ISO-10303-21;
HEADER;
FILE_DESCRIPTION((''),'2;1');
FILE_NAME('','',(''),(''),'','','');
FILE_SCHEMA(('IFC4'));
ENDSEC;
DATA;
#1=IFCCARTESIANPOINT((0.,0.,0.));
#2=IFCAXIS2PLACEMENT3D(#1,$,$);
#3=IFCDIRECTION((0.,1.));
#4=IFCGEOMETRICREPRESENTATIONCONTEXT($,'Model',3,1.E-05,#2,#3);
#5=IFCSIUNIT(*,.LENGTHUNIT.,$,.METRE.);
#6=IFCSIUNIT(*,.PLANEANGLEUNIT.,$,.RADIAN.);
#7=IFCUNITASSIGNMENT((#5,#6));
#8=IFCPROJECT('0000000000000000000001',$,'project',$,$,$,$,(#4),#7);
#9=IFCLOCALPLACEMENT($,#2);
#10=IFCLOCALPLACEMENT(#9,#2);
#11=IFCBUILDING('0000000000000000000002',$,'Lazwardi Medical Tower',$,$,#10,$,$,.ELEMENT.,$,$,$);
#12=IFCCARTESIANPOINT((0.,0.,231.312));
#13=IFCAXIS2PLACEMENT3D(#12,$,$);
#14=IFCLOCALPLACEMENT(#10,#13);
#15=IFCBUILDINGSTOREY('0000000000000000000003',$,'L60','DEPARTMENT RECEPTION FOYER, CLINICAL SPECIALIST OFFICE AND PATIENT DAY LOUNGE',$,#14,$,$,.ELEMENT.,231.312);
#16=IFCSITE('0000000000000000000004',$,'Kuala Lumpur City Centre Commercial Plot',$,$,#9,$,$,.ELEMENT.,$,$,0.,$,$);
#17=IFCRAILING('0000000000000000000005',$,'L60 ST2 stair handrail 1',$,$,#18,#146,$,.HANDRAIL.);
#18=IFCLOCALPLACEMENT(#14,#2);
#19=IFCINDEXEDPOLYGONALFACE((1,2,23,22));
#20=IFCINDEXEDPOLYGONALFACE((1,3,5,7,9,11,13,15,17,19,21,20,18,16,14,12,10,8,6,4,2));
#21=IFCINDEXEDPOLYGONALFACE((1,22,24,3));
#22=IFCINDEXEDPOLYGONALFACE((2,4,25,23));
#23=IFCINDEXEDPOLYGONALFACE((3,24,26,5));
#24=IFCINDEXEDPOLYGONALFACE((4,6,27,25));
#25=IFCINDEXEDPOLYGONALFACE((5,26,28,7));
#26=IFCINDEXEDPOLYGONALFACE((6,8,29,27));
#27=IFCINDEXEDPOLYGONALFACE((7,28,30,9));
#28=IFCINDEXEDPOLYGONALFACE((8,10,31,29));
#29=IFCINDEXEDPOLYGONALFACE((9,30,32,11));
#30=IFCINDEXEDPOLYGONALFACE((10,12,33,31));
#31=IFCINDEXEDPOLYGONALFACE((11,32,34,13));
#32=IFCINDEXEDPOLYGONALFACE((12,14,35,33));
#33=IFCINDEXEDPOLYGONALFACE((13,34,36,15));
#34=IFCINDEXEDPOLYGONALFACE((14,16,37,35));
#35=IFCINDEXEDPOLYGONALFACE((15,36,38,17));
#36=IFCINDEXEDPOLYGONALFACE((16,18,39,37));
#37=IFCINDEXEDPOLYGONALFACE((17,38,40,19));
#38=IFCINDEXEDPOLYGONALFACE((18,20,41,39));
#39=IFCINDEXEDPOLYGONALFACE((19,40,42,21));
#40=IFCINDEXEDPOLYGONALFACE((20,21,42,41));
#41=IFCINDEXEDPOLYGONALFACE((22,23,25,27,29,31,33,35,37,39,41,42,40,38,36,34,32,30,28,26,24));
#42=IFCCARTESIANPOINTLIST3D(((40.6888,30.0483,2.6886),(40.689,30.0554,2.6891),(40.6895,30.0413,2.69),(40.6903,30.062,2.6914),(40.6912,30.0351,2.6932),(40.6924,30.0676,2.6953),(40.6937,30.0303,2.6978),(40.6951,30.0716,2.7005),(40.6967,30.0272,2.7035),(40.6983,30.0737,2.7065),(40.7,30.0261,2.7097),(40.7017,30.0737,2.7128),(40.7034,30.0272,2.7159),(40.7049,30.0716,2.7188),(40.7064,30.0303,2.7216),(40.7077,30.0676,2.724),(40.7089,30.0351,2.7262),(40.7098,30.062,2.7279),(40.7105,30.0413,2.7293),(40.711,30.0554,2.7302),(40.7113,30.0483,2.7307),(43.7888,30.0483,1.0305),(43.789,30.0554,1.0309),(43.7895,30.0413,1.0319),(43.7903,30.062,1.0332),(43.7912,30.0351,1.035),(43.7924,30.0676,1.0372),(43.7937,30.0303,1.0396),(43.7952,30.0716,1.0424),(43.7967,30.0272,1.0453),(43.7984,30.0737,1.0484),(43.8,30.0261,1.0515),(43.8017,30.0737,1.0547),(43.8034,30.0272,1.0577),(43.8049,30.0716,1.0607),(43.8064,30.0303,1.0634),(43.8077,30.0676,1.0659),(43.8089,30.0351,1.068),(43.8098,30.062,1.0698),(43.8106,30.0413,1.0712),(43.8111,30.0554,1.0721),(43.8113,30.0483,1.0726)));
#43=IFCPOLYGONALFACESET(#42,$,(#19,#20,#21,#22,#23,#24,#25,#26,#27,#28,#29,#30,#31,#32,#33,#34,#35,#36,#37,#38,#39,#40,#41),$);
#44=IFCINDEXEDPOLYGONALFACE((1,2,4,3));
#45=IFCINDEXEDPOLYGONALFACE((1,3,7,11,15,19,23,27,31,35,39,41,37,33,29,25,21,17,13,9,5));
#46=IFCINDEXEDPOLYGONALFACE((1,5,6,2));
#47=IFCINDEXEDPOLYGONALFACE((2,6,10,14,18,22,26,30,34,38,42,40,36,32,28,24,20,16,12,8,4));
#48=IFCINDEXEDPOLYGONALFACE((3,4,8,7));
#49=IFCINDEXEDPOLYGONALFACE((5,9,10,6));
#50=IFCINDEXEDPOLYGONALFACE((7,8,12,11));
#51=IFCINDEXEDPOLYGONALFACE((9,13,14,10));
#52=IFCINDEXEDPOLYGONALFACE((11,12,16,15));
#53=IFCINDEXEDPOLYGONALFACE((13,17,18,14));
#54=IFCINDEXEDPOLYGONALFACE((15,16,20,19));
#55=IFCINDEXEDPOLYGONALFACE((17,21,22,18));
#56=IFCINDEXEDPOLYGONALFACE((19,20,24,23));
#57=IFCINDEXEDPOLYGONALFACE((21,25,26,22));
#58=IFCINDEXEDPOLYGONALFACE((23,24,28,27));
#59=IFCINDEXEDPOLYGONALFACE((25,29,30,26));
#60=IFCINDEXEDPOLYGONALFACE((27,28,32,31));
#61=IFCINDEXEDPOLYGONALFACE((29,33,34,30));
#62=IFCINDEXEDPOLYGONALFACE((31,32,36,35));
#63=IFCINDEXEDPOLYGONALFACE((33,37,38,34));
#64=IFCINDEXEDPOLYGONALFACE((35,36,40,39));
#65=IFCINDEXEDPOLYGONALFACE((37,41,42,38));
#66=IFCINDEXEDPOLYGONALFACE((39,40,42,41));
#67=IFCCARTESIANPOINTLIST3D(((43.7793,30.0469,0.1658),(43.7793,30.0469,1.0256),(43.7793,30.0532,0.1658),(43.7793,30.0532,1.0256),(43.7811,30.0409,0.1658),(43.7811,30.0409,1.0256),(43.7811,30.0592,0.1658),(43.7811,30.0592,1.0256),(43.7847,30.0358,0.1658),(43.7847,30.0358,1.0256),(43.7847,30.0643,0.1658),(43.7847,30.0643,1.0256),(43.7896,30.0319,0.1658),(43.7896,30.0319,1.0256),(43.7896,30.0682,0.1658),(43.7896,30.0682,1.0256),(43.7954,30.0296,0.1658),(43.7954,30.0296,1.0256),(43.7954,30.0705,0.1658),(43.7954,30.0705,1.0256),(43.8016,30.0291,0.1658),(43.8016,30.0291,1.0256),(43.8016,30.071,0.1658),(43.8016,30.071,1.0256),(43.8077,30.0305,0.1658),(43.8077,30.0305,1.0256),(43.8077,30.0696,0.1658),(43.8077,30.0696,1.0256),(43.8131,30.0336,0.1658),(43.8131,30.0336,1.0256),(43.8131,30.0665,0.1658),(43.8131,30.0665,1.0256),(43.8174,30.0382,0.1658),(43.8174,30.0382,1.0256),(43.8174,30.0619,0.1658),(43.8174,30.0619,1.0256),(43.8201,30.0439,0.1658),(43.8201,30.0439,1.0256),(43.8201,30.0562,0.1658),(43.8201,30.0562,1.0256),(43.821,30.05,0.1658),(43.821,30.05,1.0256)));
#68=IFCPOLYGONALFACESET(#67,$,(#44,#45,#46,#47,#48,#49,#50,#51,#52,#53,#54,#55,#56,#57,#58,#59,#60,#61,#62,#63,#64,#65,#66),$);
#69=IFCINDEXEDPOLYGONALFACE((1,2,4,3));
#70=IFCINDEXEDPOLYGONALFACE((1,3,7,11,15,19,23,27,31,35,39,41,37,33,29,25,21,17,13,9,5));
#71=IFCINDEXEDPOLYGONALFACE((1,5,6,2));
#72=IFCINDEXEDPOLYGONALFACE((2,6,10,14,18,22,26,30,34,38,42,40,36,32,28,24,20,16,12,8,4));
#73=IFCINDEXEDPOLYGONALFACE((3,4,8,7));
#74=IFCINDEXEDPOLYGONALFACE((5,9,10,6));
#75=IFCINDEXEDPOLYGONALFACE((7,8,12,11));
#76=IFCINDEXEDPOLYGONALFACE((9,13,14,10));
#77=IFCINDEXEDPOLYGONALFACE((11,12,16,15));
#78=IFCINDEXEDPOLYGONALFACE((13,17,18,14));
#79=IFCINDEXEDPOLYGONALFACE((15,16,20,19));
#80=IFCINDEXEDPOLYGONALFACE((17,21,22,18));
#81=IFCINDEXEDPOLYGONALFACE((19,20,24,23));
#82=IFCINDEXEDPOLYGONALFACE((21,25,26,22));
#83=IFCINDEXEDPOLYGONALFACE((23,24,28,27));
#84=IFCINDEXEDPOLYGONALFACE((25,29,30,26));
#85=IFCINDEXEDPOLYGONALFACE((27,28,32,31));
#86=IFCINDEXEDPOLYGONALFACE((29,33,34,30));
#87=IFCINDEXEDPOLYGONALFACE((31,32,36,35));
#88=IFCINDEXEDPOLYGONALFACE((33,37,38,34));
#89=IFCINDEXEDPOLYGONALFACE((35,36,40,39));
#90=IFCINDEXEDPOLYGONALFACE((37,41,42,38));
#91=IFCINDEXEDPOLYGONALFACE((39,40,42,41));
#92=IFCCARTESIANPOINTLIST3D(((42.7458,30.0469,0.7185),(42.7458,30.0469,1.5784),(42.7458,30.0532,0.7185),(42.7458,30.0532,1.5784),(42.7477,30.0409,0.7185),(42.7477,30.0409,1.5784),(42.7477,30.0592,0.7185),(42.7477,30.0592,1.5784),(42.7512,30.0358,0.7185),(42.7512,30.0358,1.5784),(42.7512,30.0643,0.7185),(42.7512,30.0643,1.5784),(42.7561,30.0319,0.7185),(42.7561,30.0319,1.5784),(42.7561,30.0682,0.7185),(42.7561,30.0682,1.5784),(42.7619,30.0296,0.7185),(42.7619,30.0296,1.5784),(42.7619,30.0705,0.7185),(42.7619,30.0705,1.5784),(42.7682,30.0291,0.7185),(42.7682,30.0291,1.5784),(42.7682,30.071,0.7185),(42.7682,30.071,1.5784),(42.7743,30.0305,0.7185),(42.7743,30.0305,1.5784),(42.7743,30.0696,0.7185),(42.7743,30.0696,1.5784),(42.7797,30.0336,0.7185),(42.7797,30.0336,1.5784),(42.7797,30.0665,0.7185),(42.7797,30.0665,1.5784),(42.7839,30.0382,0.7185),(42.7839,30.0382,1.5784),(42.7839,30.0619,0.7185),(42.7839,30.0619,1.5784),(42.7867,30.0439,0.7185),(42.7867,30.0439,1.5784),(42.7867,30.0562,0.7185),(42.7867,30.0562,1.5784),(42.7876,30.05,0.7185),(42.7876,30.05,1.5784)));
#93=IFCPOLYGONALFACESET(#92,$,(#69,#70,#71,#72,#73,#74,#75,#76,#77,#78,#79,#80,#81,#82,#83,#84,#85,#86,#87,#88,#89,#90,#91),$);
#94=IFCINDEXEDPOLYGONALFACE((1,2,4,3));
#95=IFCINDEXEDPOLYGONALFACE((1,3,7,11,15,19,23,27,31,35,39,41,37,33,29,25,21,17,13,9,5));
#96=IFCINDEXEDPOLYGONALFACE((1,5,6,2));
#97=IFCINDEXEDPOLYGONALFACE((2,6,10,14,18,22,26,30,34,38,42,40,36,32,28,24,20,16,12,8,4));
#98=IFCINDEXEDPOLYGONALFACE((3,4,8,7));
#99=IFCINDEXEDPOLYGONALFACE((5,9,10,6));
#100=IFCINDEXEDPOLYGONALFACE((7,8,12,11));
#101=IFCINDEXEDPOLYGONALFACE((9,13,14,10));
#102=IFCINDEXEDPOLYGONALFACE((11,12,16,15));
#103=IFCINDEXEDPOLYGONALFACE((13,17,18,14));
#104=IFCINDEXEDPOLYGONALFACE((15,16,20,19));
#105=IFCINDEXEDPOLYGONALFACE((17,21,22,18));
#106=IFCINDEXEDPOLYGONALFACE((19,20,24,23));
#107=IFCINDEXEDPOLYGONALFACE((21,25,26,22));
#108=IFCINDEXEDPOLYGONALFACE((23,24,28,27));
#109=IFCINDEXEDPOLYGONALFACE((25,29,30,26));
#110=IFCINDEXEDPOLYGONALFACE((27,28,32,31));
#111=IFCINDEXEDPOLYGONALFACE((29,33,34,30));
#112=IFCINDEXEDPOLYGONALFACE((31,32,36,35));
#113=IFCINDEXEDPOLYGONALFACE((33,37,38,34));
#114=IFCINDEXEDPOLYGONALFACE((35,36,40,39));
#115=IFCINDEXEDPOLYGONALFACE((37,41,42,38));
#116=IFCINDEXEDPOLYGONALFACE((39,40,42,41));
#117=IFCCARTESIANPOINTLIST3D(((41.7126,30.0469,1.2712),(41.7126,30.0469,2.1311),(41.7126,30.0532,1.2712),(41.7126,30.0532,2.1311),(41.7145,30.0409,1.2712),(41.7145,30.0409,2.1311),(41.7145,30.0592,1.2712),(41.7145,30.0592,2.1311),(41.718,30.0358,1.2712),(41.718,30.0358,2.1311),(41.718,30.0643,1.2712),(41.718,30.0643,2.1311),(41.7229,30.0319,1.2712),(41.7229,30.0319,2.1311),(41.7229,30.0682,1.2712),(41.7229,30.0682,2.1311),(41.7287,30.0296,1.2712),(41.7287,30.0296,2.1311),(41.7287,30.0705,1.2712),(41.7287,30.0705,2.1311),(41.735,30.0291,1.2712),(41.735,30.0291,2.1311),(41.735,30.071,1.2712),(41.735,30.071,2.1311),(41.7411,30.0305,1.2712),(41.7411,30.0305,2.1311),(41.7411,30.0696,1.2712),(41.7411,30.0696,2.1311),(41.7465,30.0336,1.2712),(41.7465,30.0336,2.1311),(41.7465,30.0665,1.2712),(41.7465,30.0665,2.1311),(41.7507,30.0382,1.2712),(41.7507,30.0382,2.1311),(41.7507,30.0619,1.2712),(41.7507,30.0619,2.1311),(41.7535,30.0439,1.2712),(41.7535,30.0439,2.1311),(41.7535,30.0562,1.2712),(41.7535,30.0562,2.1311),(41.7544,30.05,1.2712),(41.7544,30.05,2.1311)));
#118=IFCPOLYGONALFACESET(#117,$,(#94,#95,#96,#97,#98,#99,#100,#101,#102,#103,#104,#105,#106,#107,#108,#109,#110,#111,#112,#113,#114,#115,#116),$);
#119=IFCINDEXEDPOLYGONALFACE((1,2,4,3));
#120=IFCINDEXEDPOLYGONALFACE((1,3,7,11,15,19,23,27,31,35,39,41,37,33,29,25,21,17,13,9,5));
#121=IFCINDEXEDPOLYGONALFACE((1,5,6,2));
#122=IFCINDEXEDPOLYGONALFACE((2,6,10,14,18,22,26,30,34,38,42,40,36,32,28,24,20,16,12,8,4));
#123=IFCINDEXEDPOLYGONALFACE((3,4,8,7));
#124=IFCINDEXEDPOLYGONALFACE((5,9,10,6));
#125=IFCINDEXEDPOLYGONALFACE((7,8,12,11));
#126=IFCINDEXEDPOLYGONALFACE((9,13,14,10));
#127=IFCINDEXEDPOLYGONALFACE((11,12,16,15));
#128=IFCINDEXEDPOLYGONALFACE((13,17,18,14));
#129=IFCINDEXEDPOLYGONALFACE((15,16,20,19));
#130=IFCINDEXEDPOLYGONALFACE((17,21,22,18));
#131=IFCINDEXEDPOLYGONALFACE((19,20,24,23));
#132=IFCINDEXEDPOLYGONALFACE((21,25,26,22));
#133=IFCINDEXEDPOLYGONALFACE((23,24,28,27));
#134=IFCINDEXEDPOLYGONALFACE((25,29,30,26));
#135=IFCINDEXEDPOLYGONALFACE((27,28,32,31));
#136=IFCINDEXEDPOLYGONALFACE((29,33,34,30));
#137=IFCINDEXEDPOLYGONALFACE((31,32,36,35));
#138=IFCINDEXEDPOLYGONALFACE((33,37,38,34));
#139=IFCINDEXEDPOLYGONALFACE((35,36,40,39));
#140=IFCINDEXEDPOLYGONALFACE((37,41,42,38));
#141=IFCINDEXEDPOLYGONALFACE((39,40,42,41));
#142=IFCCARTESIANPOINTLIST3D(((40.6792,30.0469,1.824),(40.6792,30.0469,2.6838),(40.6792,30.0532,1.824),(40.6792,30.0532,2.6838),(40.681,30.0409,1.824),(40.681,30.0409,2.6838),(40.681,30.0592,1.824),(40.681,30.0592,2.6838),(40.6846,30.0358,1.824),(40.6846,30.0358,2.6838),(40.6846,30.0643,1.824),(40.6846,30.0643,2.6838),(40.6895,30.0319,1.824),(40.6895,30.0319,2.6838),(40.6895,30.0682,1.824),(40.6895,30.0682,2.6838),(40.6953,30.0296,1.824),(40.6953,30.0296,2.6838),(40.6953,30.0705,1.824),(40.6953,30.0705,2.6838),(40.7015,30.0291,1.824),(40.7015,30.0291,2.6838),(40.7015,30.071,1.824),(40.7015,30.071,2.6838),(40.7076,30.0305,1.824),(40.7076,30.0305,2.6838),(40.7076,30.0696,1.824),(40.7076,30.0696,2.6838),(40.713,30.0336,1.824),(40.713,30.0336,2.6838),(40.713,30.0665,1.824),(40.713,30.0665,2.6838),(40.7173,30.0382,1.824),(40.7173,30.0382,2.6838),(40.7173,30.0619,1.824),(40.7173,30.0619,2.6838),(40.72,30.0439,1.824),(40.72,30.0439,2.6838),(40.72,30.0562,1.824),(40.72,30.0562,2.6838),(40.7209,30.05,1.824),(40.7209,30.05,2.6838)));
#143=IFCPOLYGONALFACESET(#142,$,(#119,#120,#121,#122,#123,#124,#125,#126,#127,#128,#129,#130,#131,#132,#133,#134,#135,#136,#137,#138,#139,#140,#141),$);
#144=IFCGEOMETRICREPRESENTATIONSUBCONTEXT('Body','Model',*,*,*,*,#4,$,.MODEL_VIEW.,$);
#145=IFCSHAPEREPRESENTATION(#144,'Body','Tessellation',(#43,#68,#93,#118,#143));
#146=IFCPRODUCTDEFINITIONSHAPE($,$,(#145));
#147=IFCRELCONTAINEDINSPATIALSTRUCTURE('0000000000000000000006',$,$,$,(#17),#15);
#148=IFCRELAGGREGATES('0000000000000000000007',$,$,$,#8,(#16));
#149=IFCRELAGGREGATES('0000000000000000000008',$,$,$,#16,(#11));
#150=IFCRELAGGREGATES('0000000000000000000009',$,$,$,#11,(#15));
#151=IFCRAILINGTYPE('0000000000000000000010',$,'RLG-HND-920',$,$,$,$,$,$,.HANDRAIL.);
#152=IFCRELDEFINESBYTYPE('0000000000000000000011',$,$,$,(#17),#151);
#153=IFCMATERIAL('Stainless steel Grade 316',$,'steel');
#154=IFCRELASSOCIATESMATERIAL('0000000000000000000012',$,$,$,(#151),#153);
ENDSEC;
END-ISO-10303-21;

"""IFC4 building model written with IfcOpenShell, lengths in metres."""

from ifc_helpers import new_model, si_unit, direction, frame, origin, origin_2d, place, context, subcontext, project, spatial, circle, extrude, material, type_object, element, save


model = new_model("IFC4")

# Units and contexts
model_context = context("Model", 3, precision=1e-05, world=origin(), true_north=direction((0.0, 1.0)))
body_context = subcontext(model_context, "Body", "Model", "MODEL_VIEW")
ifc_project = project(units=[si_unit("LENGTHUNIT", "METRE"), si_unit("PLANEANGLEUNIT", "RADIAN")], contexts=[model_context])

# Site, building, storey
site_placement = place(None, origin())
site = spatial("IfcSite", under=ifc_project, at=site_placement, Name="Kuala Lumpur City Centre Commercial Plot", CompositionType="ELEMENT", RefElevation=0.0)
building_placement = place(site_placement, origin())
building = spatial("IfcBuilding", under=site, at=building_placement, Name="Lazwardi Medical Tower", CompositionType="ELEMENT")
storey_placement = place(building_placement, frame((0.0, 0.0, 231.312)))
storey = spatial("IfcBuildingStorey", under=building, at=storey_placement, Name="L60", Description="DEPARTMENT RECEPTION FOYER, CLINICAL SPECIALIST OFFICE AND PATIENT DAY LOUNGE", CompositionType="ELEMENT", Elevation=231.312)

# Railing
ifc_material_1 = material(Name="Stainless steel Grade 316", Category="steel")
railing_type = type_object("IfcRailingType", Name="RLG-HND-920", PredefinedType="HANDRAIL", material=ifc_material_1)
railing_1_placement = place(storey_placement, frame((43.8, 30.05, 0.1658)))
element("IfcRailing", 1, at=railing_1_placement, inside=storey, type_object=railing_type, Name="L60 ST2 stair handrail 1", PredefinedType="HANDRAIL", context=body_context, shape_type="SweptSolid", body=[
    extrude(circle(Radius=0.0239, at=origin_2d()), frame((0.0, 0.0, 0.8857), z_axis=(-0.881783, 0.0, 0.471655), x_axis=(0.0, -1.0, 0.0)), (0.0, 0.0, 1.0), 3.5156),
    extrude(circle(Radius=0.021, at=origin_2d()), origin(), (0.0, 0.0, 1.0), 0.8599),
    extrude(circle(Radius=0.021, at=origin_2d()), frame((-1.0334, 0.0, 0.5527)), (0.0, 0.0, 1.0), 0.8599),
    extrude(circle(Radius=0.021, at=origin_2d()), frame((-2.0667, 0.0, 1.1055)), (0.0, 0.0, 1.0), 0.8599),
    extrude(circle(Radius=0.021, at=origin_2d()), frame((-3.1001, 0.0, 1.6582)), (0.0, 0.0, 1.0), 0.8599),
])

save(model, "model.ifc")
